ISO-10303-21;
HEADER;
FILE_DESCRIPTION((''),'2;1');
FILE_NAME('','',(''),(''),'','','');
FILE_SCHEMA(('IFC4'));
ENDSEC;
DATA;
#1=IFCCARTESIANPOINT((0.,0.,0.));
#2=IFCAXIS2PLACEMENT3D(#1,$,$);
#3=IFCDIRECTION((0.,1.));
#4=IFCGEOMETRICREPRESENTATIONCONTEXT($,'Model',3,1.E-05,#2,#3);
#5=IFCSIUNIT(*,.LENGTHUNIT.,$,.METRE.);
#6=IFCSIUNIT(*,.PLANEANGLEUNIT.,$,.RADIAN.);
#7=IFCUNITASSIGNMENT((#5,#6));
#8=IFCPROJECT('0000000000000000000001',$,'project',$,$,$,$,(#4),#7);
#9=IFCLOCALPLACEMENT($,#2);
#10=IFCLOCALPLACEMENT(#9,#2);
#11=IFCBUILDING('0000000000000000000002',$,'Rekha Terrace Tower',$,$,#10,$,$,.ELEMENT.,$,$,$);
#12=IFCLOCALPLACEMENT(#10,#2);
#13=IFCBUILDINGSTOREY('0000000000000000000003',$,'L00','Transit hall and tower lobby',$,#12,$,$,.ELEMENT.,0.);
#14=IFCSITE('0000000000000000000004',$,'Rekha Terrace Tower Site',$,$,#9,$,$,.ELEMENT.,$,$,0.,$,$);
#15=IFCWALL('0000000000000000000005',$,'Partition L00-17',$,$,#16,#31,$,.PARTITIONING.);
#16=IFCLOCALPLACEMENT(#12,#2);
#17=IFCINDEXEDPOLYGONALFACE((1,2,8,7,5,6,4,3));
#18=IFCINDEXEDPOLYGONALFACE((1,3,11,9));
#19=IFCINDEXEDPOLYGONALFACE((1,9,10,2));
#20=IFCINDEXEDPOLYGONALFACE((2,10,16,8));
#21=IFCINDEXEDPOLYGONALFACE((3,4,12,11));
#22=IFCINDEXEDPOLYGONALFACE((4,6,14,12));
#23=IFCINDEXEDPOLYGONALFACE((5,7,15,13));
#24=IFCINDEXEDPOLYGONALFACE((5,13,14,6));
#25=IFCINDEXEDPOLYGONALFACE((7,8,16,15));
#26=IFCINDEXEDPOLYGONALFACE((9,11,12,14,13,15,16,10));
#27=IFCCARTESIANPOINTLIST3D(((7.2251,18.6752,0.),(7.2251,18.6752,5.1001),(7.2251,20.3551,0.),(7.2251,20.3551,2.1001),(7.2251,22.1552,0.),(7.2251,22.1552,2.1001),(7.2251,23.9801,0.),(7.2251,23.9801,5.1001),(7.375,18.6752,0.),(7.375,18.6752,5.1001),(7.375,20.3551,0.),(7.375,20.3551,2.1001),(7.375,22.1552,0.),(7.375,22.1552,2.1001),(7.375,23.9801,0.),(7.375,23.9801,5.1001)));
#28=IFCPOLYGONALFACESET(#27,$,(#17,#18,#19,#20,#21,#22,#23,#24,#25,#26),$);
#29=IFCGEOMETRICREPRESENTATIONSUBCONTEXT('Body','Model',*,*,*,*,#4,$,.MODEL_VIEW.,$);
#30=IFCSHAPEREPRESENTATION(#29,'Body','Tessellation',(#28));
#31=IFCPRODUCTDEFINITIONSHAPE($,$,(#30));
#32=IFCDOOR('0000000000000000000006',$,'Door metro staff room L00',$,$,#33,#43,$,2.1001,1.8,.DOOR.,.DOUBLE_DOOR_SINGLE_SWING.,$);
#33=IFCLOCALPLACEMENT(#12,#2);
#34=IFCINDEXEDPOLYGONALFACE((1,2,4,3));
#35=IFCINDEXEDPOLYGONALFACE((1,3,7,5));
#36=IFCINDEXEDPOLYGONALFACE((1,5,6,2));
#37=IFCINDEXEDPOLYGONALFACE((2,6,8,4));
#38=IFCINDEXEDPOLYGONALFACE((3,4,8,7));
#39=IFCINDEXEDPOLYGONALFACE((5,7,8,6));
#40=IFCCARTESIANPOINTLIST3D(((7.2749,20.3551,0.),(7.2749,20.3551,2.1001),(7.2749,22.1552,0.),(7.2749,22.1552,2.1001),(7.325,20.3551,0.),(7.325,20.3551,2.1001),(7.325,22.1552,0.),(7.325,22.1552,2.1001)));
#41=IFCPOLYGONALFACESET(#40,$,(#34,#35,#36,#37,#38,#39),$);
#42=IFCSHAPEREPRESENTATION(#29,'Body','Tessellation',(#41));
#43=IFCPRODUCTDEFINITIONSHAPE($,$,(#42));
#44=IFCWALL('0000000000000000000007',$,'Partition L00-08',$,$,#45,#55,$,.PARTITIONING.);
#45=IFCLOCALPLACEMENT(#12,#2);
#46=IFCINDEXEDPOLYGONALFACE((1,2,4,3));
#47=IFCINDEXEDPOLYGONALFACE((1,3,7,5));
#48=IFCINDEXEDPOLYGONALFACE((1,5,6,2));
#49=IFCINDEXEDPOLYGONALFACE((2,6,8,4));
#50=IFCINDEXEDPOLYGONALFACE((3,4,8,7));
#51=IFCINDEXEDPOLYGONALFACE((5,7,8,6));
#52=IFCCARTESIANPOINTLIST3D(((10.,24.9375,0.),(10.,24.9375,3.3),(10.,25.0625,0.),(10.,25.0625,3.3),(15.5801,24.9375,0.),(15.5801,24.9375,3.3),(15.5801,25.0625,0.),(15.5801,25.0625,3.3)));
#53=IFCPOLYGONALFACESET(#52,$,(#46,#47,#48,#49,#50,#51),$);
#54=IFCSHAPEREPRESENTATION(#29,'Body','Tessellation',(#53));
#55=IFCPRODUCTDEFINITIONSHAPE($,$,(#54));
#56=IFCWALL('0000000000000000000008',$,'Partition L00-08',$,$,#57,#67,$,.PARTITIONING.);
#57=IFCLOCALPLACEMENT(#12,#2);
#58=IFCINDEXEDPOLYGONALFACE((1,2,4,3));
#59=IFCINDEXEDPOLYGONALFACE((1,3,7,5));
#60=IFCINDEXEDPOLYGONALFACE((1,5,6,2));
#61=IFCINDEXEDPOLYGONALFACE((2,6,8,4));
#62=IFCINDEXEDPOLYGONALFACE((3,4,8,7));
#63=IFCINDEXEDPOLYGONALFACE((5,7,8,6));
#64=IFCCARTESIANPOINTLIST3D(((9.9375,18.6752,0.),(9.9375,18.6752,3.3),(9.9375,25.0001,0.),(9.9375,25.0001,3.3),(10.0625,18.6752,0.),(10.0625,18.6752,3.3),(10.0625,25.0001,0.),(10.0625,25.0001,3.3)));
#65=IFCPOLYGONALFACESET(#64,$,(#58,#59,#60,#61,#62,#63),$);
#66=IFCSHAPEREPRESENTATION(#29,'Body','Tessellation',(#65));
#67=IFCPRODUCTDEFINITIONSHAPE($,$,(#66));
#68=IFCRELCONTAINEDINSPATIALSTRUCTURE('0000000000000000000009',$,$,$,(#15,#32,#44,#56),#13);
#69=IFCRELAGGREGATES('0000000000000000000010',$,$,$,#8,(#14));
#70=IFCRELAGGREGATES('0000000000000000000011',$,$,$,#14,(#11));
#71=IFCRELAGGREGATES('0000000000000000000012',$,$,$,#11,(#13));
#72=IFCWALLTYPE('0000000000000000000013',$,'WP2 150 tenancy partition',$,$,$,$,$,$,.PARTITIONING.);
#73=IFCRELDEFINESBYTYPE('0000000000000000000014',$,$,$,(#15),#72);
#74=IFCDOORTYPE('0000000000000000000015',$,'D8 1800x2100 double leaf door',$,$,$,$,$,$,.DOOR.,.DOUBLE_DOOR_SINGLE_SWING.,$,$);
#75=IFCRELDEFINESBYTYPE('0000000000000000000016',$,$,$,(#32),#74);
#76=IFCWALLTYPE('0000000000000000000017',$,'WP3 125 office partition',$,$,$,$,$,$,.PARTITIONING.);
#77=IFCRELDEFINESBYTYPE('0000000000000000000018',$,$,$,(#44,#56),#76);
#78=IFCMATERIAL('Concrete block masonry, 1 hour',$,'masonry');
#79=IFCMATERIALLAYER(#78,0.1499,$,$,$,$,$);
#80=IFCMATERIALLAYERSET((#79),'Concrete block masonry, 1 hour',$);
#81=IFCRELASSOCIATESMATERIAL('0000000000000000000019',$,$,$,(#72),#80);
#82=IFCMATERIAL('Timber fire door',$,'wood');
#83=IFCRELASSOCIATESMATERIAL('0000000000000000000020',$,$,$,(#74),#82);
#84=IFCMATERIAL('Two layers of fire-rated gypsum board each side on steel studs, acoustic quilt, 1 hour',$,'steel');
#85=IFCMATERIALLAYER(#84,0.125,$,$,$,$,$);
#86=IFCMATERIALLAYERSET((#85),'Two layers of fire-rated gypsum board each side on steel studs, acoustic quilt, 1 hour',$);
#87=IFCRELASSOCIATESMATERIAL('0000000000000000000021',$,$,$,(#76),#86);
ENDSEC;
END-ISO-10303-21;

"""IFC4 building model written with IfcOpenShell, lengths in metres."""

from ifc_helpers import new_model, si_unit, direction, frame, frame_2d, origin, place, context, subcontext, project, spatial, rectangle, extrude, material, layer, layer_set, type_object, element, fill, save


model = new_model("IFC4")

# Units and contexts
model_context = context("Model", 3, precision=1e-05, world=origin(), true_north=direction((0.0, 1.0)))
body_context = subcontext(model_context, "Body", "Model", "MODEL_VIEW")
ifc_project = project(units=[si_unit("LENGTHUNIT", "METRE"), si_unit("PLANEANGLEUNIT", "RADIAN")], contexts=[model_context])

# Site, building, storey
site_placement = place(None, origin())
site = spatial("IfcSite", under=ifc_project, at=site_placement, Name="Rekha Terrace Tower Site", CompositionType="ELEMENT", RefElevation=0.0)
building_placement = place(site_placement, origin())
building = spatial("IfcBuilding", under=site, at=building_placement, Name="Rekha Terrace Tower", CompositionType="ELEMENT")
storey_placement = place(building_placement, origin())
storey = spatial("IfcBuildingStorey", under=building, at=storey_placement, Name="L00", Description="Transit hall and tower lobby", CompositionType="ELEMENT", Elevation=0.0)

# Shared definitions
ifc_material_1 = material(Name="Concrete block masonry, 1 hour", Category="masonry")
ifc_layer_1 = layer(ifc_material_1, 0.1499)
ifc_layer_set_1 = layer_set([ifc_layer_1], Name="Concrete block masonry, 1 hour")
wall_type_1 = type_object("IfcWallType", Name="WP2 150 tenancy partition", PredefinedType="PARTITIONING", material=ifc_layer_set_1)

# Wall, opening, door
wall_1_placement = place(storey_placement, frame((7.3, 23.98, 0.0), z_axis=(0.0, 0.0, 1.0), x_axis=(0.0, -1.0, 0.0)))
wall_1 = element("IfcWall", 1, at=wall_1_placement, inside=storey, type_object=wall_type_1, Name="Partition L00-17", PredefinedType="PARTITIONING", context=body_context, shape_type="SweptSolid", body=[
    extrude(rectangle(XDim=5.3049, YDim=0.1499, at=frame_2d((2.6523, 0.0))), origin(), (0.0, 0.0, 1.0), 5.1001),
])
opening_1_placement = place(wall_1_placement, frame((1.825, 0.0, 0.0)))
opening_1 = element("IfcOpeningElement", 2, at=opening_1_placement, cuts=wall_1, PredefinedType="OPENING", context=body_context, shape_type="SweptSolid", body=[
    extrude(rectangle(XDim=1.8, YDim=2.1001, at=frame_2d((0.8999, 1.05))), frame((0.0, 0.085, 0.0), z_axis=(0.0, -1.0, 0.0), x_axis=(1.0, 0.0, 0.0)), (0.0, 0.0, 1.0), 0.1699),
])
ifc_material_2 = material(Name="Timber fire door", Category="wood")
door_type_1 = type_object("IfcDoorType", Name="D8 1800x2100 double leaf door", OperationType="DOUBLE_DOOR_SINGLE_SWING", PredefinedType="DOOR", material=ifc_material_2)
door_1_placement = place(opening_1_placement, origin())
door_1 = element("IfcDoor", 3, at=door_1_placement, inside=storey, type_object=door_type_1, Name="Door metro staff room L00", OperationType="DOUBLE_DOOR_SINGLE_SWING", OverallHeight=2.1001, OverallWidth=1.8, PredefinedType="DOOR", context=body_context, shape_type="SweptSolid", body=[
    extrude(rectangle(XDim=1.8, YDim=2.1001, at=frame_2d((0.8999, 1.05))), frame((0.0, 0.0249, 0.0), z_axis=(0.0, -1.0, 0.0), x_axis=(1.0, 0.0, 0.0)), (0.0, 0.0, 1.0), 0.05),
])
fill(opening_1, door_1)

# Walls
ifc_material_3 = material(Name="Two layers of fire-rated gypsum board each side on steel studs, acoustic quilt, 1 hour", Category="steel")
ifc_layer_2 = layer(ifc_material_3, 0.125)
ifc_layer_set_2 = layer_set([ifc_layer_2], Name="Two layers of fire-rated gypsum board each side on steel studs, acoustic quilt, 1 hour")
wall_type_2 = type_object("IfcWallType", Name="WP3 125 office partition", PredefinedType="PARTITIONING", material=ifc_layer_set_2)
wall_2_placement = place(storey_placement, frame((10.0, 25.0, 0.0), z_axis=(0.0, 0.0, 1.0), x_axis=(1.0, 0.0, 0.0)))
element("IfcWall", 4, at=wall_2_placement, inside=storey, type_object=wall_type_2, Name="Partition L00-08", PredefinedType="PARTITIONING", context=body_context, shape_type="SweptSolid", body=[
    extrude(rectangle(XDim=5.5801, YDim=0.125, at=frame_2d((2.79, 0.0))), origin(), (0.0, 0.0, 1.0), 3.3),
])
wall_3_placement = place(storey_placement, frame((10.0, 18.675, 0.0), z_axis=(0.0, 0.0, 1.0), x_axis=(0.0, 1.0, 0.0)))
element("IfcWall", 5, at=wall_3_placement, inside=storey, type_object=wall_type_2, Name="Partition L00-08", PredefinedType="PARTITIONING", context=body_context, shape_type="SweptSolid", body=[
    extrude(rectangle(XDim=6.325, YDim=0.125, at=frame_2d((3.1626, 0.0))), origin(), (0.0, 0.0, 1.0), 3.3),
])

save(model, "model.ifc")
